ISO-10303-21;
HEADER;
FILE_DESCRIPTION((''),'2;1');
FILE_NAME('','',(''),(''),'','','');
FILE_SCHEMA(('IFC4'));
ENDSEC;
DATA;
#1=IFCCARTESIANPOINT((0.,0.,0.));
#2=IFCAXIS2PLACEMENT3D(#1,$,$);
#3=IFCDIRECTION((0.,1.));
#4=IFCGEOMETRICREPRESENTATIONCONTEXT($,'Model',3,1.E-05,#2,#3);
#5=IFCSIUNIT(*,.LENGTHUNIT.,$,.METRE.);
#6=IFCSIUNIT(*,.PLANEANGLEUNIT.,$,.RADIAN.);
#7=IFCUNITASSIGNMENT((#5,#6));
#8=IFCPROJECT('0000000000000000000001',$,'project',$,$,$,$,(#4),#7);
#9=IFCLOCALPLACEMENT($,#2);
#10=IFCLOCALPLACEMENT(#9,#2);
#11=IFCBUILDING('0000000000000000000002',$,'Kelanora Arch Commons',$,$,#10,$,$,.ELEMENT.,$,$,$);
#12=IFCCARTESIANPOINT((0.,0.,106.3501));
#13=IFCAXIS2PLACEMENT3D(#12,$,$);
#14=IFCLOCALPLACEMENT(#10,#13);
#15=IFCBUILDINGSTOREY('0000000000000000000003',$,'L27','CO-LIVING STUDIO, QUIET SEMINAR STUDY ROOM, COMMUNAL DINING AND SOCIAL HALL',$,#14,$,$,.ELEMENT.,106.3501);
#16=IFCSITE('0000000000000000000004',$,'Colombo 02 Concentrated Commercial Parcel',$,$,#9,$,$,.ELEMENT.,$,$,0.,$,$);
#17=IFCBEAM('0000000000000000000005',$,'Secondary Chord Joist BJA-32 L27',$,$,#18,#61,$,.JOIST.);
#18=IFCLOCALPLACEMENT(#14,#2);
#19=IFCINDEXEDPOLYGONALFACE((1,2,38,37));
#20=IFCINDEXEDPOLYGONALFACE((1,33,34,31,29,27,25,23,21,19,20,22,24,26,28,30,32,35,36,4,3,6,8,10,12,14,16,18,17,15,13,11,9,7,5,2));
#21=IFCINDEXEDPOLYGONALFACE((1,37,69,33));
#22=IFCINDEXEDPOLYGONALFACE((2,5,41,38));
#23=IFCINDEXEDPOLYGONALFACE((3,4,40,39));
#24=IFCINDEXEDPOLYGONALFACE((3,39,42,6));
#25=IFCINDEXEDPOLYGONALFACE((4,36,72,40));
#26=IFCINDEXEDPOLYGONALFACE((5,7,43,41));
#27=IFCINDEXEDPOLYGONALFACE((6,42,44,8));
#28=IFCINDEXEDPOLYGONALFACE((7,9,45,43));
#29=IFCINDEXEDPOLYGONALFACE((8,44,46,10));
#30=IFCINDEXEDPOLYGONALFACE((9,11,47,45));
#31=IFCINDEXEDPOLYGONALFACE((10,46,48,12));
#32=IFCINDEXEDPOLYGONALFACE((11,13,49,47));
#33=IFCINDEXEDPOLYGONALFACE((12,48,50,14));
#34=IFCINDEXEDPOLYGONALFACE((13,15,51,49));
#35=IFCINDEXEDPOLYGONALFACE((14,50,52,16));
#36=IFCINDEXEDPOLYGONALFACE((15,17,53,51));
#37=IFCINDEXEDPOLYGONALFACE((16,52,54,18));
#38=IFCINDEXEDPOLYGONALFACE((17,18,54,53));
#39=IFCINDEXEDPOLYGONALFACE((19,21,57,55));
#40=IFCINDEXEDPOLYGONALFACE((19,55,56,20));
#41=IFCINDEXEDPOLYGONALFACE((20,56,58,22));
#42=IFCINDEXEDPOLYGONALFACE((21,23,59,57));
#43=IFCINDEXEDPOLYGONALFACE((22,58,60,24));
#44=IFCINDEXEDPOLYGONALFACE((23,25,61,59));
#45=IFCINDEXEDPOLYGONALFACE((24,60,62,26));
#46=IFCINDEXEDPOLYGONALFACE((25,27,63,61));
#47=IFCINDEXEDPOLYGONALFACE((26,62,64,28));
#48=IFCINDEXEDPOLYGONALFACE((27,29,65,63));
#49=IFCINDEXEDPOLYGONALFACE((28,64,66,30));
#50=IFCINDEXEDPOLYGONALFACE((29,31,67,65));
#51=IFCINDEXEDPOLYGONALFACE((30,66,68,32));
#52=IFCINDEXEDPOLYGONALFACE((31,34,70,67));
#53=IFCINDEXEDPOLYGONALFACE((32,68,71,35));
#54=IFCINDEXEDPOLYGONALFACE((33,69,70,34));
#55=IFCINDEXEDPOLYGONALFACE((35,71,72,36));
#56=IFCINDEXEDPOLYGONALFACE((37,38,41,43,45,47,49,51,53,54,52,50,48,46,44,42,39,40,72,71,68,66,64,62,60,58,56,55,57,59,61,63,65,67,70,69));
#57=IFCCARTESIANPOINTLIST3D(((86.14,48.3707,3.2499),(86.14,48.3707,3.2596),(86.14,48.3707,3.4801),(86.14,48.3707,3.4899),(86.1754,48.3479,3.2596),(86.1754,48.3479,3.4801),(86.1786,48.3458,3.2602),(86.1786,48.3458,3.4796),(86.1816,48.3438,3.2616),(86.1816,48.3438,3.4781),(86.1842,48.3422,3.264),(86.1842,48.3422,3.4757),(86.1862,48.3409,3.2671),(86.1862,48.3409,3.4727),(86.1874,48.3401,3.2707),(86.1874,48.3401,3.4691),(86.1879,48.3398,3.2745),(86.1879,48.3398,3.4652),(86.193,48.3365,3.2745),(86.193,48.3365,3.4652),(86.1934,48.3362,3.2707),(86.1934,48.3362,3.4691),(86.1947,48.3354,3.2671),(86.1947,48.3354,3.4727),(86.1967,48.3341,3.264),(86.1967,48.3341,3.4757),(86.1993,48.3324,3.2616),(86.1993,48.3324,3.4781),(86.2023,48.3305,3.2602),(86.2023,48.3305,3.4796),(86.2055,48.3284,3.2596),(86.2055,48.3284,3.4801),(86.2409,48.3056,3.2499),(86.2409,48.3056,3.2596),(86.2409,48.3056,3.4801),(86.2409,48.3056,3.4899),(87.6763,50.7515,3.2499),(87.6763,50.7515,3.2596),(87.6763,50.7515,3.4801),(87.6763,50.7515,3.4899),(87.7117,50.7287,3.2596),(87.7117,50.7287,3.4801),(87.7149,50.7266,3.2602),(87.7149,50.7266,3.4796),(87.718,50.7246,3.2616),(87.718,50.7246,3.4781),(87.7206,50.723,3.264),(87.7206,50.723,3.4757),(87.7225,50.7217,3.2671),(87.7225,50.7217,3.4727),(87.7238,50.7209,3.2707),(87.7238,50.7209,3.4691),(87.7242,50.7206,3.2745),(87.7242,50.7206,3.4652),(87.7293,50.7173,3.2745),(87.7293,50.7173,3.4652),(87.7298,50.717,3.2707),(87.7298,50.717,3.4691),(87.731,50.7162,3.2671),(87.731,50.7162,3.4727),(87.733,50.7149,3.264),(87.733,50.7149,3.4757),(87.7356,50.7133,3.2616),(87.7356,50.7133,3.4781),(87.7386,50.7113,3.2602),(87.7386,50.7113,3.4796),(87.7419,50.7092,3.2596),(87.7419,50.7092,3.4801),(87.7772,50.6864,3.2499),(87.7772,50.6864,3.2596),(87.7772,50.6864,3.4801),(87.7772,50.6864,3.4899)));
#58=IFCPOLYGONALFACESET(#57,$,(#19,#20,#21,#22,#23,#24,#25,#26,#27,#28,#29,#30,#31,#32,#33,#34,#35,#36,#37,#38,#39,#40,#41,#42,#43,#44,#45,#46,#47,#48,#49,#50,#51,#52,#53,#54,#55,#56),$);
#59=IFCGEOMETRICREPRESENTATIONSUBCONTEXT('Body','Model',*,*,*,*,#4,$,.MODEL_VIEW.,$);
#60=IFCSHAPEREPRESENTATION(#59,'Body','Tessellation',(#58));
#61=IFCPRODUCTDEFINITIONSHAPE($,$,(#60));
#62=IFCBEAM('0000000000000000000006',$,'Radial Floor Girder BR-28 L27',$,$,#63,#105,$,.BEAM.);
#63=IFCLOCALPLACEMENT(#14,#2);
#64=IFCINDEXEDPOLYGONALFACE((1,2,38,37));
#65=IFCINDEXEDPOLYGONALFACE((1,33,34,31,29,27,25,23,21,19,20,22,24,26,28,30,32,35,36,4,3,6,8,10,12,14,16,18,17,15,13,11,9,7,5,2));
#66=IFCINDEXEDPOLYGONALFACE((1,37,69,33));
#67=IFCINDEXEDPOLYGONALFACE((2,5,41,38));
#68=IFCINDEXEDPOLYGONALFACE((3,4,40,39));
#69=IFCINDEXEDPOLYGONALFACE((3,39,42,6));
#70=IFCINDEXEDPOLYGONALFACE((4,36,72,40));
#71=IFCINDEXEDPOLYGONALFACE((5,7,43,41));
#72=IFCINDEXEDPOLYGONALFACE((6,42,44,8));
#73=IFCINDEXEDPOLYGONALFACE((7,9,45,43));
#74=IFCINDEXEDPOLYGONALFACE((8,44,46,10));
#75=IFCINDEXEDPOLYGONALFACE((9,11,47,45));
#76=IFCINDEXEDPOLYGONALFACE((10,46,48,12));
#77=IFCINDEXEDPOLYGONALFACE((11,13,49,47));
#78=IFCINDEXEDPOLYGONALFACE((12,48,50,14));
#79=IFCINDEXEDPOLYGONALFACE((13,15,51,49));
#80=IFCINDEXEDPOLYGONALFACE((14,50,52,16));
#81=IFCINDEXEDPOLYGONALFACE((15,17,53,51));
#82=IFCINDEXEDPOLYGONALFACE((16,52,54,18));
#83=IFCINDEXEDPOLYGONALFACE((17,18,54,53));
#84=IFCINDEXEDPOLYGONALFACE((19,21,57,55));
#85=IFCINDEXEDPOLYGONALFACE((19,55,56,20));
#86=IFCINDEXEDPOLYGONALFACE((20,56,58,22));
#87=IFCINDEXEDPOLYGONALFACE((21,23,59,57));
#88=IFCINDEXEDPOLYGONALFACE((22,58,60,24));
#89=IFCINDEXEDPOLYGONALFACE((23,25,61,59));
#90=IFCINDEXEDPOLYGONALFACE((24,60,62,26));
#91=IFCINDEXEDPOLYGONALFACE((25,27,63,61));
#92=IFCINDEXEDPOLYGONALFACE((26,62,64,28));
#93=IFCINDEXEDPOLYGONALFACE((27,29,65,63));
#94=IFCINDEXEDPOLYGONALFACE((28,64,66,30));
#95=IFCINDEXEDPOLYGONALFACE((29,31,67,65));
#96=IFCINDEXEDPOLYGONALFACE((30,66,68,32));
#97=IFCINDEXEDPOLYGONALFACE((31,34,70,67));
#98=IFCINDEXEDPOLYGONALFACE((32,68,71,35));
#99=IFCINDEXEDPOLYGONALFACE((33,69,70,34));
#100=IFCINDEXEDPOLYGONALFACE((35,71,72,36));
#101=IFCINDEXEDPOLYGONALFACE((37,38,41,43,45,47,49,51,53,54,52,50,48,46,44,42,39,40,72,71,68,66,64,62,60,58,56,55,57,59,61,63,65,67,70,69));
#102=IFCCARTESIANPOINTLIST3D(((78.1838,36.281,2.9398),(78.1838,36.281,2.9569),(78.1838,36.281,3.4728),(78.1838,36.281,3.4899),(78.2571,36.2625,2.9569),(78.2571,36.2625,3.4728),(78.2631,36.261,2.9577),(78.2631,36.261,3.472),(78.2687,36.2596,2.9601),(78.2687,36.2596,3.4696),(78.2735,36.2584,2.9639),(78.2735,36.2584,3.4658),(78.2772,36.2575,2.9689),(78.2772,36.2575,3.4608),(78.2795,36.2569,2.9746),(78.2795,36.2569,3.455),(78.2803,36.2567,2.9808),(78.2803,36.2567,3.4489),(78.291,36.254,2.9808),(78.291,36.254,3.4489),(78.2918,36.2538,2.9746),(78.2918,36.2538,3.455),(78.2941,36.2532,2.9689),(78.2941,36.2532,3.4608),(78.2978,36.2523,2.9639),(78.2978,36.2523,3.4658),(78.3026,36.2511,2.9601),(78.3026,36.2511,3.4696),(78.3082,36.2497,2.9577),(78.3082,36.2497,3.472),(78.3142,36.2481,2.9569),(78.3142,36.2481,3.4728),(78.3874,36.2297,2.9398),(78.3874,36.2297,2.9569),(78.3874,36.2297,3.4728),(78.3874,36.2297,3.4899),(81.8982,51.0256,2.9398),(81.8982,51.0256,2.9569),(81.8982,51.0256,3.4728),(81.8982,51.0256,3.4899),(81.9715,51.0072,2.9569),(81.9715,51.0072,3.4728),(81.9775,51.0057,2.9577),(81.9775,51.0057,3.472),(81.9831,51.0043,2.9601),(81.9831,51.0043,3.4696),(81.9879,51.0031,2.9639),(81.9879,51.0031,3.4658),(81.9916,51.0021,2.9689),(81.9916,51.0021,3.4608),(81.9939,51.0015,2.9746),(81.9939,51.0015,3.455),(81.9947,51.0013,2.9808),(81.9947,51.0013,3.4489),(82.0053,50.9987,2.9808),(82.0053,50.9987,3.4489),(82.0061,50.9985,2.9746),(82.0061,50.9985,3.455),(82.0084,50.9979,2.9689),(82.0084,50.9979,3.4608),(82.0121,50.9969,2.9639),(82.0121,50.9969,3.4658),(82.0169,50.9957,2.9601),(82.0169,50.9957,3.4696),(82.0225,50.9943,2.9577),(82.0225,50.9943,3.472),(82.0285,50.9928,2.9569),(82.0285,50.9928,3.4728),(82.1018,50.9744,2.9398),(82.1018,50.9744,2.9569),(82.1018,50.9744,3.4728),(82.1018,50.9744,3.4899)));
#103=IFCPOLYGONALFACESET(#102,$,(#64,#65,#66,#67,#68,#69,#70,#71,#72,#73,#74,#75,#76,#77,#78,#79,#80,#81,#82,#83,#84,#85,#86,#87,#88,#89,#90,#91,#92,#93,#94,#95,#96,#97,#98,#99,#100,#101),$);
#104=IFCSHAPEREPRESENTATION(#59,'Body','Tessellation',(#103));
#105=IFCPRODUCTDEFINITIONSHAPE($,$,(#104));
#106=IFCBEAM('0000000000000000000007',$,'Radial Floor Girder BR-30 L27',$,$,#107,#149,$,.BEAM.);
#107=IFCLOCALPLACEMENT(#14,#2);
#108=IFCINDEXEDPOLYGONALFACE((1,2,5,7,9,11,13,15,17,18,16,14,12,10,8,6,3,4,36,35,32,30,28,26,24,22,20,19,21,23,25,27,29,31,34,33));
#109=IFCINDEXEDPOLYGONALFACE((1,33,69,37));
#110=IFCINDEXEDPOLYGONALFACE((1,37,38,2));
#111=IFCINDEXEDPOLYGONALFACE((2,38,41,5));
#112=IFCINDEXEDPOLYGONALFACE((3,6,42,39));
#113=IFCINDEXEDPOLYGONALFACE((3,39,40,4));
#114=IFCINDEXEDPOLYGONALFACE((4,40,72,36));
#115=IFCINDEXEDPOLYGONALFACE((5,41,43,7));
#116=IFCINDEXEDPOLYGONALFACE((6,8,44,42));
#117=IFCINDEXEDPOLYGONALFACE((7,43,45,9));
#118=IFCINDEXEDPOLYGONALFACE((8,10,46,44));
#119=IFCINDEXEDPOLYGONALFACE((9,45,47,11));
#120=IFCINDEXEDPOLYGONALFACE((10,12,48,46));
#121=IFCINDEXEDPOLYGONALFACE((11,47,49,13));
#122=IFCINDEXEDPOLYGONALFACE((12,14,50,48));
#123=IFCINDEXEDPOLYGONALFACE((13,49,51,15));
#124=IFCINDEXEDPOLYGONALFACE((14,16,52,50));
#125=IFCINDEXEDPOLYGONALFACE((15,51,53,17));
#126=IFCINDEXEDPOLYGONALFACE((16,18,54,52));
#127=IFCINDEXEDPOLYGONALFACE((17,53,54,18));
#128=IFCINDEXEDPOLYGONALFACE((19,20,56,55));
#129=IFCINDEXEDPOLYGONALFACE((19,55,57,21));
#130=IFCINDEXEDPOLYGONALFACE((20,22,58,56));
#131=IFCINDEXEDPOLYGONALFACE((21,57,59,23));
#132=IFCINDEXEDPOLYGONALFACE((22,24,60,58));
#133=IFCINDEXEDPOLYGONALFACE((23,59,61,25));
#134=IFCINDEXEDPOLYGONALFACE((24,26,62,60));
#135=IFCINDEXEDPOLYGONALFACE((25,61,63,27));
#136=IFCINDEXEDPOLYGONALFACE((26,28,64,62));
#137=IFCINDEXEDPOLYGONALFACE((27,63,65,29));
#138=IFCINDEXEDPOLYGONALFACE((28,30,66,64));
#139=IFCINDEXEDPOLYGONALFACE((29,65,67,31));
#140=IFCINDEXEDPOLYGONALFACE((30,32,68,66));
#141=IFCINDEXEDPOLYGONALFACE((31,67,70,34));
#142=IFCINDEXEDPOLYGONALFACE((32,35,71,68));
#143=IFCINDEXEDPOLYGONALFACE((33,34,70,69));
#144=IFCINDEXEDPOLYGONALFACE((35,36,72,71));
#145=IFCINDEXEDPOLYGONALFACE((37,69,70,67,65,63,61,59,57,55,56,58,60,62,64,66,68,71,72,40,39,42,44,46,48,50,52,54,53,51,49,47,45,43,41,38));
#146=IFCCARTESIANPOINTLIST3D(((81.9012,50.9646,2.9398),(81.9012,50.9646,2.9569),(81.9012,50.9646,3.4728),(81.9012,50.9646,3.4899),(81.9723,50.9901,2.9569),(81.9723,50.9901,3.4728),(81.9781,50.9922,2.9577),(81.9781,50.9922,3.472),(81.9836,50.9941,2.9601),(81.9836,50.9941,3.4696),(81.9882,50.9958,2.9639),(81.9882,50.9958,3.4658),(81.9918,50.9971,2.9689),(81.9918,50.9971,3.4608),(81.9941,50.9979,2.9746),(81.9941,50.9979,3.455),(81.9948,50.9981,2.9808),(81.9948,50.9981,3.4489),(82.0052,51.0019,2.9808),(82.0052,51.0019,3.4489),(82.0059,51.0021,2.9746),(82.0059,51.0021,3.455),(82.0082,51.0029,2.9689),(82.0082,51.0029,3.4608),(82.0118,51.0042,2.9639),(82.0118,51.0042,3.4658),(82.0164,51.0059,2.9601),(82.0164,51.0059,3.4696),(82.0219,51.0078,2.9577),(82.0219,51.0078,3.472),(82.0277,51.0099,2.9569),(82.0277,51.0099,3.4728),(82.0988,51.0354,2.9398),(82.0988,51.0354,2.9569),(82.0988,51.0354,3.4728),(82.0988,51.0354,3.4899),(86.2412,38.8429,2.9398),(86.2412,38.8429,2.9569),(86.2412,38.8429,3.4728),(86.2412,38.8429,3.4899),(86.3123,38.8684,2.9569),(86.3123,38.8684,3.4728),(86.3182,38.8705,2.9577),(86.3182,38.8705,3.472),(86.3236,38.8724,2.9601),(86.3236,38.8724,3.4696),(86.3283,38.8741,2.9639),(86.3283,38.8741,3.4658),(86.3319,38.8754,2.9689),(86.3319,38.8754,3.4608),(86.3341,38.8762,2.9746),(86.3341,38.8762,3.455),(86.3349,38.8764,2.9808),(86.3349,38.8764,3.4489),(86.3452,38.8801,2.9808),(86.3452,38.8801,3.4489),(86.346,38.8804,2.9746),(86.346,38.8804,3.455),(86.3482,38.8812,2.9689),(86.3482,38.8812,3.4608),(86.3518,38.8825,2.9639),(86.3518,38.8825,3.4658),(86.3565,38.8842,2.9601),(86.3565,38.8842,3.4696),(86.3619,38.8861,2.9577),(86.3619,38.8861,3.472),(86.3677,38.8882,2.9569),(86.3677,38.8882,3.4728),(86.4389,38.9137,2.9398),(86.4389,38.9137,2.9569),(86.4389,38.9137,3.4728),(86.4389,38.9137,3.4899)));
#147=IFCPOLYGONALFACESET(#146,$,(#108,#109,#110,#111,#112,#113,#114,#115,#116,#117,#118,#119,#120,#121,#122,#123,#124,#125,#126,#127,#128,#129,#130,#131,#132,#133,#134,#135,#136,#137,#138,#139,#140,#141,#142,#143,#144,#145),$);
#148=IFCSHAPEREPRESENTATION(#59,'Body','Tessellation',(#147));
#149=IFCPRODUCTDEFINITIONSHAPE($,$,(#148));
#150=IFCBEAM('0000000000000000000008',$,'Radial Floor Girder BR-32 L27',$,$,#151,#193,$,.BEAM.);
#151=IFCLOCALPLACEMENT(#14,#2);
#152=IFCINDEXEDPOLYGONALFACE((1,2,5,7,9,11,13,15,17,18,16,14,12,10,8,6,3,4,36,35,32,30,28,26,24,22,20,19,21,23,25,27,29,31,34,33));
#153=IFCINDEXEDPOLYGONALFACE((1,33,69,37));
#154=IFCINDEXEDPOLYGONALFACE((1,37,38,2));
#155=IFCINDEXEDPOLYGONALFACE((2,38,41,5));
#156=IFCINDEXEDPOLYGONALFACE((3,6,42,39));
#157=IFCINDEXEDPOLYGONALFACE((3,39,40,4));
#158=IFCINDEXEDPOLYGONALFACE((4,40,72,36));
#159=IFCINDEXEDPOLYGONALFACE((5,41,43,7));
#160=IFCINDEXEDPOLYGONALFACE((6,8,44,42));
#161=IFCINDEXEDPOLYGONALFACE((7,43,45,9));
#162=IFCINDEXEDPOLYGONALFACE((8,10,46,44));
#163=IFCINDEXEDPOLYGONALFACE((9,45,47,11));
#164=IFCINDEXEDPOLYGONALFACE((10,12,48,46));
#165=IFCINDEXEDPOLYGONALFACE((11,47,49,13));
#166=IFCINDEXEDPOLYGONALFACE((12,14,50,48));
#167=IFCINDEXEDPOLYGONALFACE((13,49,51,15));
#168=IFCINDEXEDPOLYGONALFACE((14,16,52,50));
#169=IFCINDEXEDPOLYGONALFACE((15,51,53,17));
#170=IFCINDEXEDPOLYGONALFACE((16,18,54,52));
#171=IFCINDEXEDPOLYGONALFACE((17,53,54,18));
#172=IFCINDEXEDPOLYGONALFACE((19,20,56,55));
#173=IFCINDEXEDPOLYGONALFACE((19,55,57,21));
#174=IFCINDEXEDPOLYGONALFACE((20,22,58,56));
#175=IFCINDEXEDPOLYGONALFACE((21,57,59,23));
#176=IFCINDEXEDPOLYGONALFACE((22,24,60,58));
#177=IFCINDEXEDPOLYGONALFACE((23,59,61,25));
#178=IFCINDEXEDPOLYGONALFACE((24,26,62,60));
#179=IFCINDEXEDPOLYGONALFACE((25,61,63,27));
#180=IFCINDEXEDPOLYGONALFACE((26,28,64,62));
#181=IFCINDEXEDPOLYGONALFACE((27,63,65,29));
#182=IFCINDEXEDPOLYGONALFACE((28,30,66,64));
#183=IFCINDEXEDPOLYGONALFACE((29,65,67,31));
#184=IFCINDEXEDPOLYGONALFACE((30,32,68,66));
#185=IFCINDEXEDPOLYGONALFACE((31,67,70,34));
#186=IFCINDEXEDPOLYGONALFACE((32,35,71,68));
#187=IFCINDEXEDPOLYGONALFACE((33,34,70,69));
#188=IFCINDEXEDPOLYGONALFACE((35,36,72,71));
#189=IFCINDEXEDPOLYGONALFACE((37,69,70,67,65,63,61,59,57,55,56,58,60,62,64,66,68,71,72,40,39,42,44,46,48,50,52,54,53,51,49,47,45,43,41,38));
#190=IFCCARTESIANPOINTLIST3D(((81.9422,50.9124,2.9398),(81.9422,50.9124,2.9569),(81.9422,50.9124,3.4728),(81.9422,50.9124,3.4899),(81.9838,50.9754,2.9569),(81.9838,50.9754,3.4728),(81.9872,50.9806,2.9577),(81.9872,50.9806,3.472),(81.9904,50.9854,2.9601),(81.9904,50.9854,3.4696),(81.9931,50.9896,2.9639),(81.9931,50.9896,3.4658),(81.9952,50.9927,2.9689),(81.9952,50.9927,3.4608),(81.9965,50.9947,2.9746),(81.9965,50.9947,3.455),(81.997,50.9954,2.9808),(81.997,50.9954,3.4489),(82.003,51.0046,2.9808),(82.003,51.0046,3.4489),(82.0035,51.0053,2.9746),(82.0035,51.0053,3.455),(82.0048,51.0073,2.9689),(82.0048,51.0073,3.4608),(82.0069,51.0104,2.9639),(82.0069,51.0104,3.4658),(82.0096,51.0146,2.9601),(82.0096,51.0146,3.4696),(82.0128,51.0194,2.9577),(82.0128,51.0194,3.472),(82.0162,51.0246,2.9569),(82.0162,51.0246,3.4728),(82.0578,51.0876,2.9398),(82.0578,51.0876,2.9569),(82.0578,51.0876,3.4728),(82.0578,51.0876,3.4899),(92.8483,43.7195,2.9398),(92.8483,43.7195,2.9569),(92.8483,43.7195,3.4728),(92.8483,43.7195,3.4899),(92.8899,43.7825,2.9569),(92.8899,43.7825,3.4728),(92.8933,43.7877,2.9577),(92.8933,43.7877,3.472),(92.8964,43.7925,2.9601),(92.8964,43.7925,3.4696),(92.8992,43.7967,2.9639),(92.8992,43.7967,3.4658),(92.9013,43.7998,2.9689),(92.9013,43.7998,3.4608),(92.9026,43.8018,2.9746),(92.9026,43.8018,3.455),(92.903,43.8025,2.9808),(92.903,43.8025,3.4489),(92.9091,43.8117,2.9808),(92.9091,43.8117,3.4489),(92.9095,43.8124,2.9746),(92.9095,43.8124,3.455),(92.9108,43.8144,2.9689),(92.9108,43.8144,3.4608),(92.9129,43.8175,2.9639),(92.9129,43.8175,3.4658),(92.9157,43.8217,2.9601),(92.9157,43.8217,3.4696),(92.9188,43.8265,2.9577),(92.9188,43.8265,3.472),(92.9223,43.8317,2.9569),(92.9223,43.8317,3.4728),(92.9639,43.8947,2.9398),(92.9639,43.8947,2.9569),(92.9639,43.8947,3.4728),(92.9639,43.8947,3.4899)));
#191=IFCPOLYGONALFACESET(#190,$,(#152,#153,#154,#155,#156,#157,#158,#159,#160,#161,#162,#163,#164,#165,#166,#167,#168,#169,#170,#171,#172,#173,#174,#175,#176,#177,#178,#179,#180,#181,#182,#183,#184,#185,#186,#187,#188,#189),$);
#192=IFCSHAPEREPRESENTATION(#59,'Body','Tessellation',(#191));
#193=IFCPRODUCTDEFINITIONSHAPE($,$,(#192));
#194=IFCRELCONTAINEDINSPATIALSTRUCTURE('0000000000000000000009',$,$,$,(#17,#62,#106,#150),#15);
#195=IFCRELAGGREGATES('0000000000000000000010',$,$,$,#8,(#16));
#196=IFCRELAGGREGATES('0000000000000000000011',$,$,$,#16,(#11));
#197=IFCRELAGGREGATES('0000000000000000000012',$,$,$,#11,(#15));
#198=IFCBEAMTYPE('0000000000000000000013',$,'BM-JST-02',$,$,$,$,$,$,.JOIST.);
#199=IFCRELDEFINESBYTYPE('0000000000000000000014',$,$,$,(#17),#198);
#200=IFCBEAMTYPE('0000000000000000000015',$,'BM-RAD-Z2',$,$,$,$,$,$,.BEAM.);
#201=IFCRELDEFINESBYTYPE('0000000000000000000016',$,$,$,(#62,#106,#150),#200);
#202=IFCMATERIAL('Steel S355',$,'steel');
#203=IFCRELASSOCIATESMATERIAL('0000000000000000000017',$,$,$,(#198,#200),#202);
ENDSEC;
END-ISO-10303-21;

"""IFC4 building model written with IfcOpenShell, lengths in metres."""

from ifc_helpers import new_model, si_unit, direction, frame, origin, origin_2d, place, context, subcontext, project, spatial, i_section, extrude, material, material_profile, profile_set, type_object, element, save


model = new_model("IFC4")

# Units and contexts
model_context = context("Model", 3, precision=1e-05, world=origin(), true_north=direction((0.0, 1.0)))
body_context = subcontext(model_context, "Body", "Model", "MODEL_VIEW")
ifc_project = project(units=[si_unit("LENGTHUNIT", "METRE"), si_unit("PLANEANGLEUNIT", "RADIAN")], contexts=[model_context])

# Site, building, storey
site_placement = place(None, origin())
site = spatial("IfcSite", under=ifc_project, at=site_placement, Name="Colombo 02 Concentrated Commercial Parcel", CompositionType="ELEMENT", RefElevation=0.0)
building_placement = place(site_placement, origin())
building = spatial("IfcBuilding", under=site, at=building_placement, Name="Kelanora Arch Commons", CompositionType="ELEMENT")
storey_placement = place(building_placement, frame((0.0, 0.0, 106.3501)))
storey = spatial("IfcBuildingStorey", under=building, at=storey_placement, Name="L27", Description="CO-LIVING STUDIO, QUIET SEMINAR STUDY ROOM, COMMUNAL DINING AND SOCIAL HALL", CompositionType="ELEMENT", Elevation=106.3501)

# Beams
ifc_material_1 = material(Name="Steel S355", Category="steel")
ifc_material_profile_1 = material_profile(ifc_material_1, i_section(OverallWidth=0.1201, OverallDepth=0.24, WebThickness=0.0061, FlangeThickness=0.0098, FilletRadius=0.0149, at=origin_2d()), Name="IPE240")
ifc_profile_set_1 = profile_set([ifc_material_profile_1], Name="Steel S355")
beam_type_1 = type_object("IfcBeamType", Name="BM-JST-02", PredefinedType="JOIST", material=ifc_profile_set_1)
beam_1_placement = place(storey_placement, frame((86.1904, 48.3381, 3.3699), z_axis=(0.542211, 0.840242, 0.0), x_axis=(-0.840242, 0.542211, 0.0)))
element("IfcBeam", 1, at=beam_1_placement, inside=storey, type_object=beam_type_1, Name="Secondary Chord Joist BJA-32 L27", PredefinedType="JOIST", context=body_context, shape_type="SweptSolid", body=[
    extrude(i_section(OverallWidth=0.1201, OverallDepth=0.24, WebThickness=0.0061, FlangeThickness=0.0098, FilletRadius=0.0149, at=origin_2d()), origin(), (0.0, 0.0, 1.0), 2.8335),
])
ifc_material_profile_2 = material_profile(ifc_material_1, i_section(OverallWidth=0.21, OverallDepth=0.55, WebThickness=0.011, FlangeThickness=0.0171, FilletRadius=0.0239, at=origin_2d()), Name="IPE550")
ifc_profile_set_2 = profile_set([ifc_material_profile_2], Name="Steel S355")
beam_type_2 = type_object("IfcBeamType", Name="BM-RAD-Z2", PredefinedType="BEAM", material=ifc_profile_set_2)
beam_2_placement = place(storey_placement, frame((82.0, 51.0, 3.2148), z_axis=(-0.244281, -0.969705, 0.0), x_axis=(0.969705, -0.244281, 0.0)))
element("IfcBeam", 2, at=beam_2_placement, inside=storey, type_object=beam_type_2, Name="Radial Floor Girder BR-28 L27", PredefinedType="BEAM", context=body_context, shape_type="SweptSolid", body=[
    extrude(i_section(OverallWidth=0.21, OverallDepth=0.55, WebThickness=0.011, FlangeThickness=0.0171, FilletRadius=0.0239, at=origin_2d()), origin(), (0.0, 0.0, 1.0), 15.2053),
])
beam_3_placement = place(storey_placement, frame((82.0, 51.0, 3.2148), z_axis=(0.337085, -0.941474, 0.0), x_axis=(0.941474, 0.337085, 0.0)))
element("IfcBeam", 3, at=beam_3_placement, inside=storey, type_object=beam_type_2, Name="Radial Floor Girder BR-30 L27", PredefinedType="BEAM", context=body_context, shape_type="SweptSolid", body=[
    extrude(i_section(OverallWidth=0.21, OverallDepth=0.55, WebThickness=0.011, FlangeThickness=0.0171, FilletRadius=0.0239, at=origin_2d()), origin(), (0.0, 0.0, 1.0), 12.8752),
])
beam_4_placement = place(storey_placement, frame((82.0, 51.0, 3.2148), z_axis=(0.834789, -0.550571, 0.0), x_axis=(0.550571, 0.834789, 0.0)))
element("IfcBeam", 4, at=beam_4_placement, inside=storey, type_object=beam_type_2, Name="Radial Floor Girder BR-32 L27", PredefinedType="BEAM", context=body_context, shape_type="SweptSolid", body=[
    extrude(i_section(OverallWidth=0.21, OverallDepth=0.55, WebThickness=0.011, FlangeThickness=0.0171, FilletRadius=0.0239, at=origin_2d()), origin(), (0.0, 0.0, 1.0), 13.0645),
])

save(model, "model.ifc")
